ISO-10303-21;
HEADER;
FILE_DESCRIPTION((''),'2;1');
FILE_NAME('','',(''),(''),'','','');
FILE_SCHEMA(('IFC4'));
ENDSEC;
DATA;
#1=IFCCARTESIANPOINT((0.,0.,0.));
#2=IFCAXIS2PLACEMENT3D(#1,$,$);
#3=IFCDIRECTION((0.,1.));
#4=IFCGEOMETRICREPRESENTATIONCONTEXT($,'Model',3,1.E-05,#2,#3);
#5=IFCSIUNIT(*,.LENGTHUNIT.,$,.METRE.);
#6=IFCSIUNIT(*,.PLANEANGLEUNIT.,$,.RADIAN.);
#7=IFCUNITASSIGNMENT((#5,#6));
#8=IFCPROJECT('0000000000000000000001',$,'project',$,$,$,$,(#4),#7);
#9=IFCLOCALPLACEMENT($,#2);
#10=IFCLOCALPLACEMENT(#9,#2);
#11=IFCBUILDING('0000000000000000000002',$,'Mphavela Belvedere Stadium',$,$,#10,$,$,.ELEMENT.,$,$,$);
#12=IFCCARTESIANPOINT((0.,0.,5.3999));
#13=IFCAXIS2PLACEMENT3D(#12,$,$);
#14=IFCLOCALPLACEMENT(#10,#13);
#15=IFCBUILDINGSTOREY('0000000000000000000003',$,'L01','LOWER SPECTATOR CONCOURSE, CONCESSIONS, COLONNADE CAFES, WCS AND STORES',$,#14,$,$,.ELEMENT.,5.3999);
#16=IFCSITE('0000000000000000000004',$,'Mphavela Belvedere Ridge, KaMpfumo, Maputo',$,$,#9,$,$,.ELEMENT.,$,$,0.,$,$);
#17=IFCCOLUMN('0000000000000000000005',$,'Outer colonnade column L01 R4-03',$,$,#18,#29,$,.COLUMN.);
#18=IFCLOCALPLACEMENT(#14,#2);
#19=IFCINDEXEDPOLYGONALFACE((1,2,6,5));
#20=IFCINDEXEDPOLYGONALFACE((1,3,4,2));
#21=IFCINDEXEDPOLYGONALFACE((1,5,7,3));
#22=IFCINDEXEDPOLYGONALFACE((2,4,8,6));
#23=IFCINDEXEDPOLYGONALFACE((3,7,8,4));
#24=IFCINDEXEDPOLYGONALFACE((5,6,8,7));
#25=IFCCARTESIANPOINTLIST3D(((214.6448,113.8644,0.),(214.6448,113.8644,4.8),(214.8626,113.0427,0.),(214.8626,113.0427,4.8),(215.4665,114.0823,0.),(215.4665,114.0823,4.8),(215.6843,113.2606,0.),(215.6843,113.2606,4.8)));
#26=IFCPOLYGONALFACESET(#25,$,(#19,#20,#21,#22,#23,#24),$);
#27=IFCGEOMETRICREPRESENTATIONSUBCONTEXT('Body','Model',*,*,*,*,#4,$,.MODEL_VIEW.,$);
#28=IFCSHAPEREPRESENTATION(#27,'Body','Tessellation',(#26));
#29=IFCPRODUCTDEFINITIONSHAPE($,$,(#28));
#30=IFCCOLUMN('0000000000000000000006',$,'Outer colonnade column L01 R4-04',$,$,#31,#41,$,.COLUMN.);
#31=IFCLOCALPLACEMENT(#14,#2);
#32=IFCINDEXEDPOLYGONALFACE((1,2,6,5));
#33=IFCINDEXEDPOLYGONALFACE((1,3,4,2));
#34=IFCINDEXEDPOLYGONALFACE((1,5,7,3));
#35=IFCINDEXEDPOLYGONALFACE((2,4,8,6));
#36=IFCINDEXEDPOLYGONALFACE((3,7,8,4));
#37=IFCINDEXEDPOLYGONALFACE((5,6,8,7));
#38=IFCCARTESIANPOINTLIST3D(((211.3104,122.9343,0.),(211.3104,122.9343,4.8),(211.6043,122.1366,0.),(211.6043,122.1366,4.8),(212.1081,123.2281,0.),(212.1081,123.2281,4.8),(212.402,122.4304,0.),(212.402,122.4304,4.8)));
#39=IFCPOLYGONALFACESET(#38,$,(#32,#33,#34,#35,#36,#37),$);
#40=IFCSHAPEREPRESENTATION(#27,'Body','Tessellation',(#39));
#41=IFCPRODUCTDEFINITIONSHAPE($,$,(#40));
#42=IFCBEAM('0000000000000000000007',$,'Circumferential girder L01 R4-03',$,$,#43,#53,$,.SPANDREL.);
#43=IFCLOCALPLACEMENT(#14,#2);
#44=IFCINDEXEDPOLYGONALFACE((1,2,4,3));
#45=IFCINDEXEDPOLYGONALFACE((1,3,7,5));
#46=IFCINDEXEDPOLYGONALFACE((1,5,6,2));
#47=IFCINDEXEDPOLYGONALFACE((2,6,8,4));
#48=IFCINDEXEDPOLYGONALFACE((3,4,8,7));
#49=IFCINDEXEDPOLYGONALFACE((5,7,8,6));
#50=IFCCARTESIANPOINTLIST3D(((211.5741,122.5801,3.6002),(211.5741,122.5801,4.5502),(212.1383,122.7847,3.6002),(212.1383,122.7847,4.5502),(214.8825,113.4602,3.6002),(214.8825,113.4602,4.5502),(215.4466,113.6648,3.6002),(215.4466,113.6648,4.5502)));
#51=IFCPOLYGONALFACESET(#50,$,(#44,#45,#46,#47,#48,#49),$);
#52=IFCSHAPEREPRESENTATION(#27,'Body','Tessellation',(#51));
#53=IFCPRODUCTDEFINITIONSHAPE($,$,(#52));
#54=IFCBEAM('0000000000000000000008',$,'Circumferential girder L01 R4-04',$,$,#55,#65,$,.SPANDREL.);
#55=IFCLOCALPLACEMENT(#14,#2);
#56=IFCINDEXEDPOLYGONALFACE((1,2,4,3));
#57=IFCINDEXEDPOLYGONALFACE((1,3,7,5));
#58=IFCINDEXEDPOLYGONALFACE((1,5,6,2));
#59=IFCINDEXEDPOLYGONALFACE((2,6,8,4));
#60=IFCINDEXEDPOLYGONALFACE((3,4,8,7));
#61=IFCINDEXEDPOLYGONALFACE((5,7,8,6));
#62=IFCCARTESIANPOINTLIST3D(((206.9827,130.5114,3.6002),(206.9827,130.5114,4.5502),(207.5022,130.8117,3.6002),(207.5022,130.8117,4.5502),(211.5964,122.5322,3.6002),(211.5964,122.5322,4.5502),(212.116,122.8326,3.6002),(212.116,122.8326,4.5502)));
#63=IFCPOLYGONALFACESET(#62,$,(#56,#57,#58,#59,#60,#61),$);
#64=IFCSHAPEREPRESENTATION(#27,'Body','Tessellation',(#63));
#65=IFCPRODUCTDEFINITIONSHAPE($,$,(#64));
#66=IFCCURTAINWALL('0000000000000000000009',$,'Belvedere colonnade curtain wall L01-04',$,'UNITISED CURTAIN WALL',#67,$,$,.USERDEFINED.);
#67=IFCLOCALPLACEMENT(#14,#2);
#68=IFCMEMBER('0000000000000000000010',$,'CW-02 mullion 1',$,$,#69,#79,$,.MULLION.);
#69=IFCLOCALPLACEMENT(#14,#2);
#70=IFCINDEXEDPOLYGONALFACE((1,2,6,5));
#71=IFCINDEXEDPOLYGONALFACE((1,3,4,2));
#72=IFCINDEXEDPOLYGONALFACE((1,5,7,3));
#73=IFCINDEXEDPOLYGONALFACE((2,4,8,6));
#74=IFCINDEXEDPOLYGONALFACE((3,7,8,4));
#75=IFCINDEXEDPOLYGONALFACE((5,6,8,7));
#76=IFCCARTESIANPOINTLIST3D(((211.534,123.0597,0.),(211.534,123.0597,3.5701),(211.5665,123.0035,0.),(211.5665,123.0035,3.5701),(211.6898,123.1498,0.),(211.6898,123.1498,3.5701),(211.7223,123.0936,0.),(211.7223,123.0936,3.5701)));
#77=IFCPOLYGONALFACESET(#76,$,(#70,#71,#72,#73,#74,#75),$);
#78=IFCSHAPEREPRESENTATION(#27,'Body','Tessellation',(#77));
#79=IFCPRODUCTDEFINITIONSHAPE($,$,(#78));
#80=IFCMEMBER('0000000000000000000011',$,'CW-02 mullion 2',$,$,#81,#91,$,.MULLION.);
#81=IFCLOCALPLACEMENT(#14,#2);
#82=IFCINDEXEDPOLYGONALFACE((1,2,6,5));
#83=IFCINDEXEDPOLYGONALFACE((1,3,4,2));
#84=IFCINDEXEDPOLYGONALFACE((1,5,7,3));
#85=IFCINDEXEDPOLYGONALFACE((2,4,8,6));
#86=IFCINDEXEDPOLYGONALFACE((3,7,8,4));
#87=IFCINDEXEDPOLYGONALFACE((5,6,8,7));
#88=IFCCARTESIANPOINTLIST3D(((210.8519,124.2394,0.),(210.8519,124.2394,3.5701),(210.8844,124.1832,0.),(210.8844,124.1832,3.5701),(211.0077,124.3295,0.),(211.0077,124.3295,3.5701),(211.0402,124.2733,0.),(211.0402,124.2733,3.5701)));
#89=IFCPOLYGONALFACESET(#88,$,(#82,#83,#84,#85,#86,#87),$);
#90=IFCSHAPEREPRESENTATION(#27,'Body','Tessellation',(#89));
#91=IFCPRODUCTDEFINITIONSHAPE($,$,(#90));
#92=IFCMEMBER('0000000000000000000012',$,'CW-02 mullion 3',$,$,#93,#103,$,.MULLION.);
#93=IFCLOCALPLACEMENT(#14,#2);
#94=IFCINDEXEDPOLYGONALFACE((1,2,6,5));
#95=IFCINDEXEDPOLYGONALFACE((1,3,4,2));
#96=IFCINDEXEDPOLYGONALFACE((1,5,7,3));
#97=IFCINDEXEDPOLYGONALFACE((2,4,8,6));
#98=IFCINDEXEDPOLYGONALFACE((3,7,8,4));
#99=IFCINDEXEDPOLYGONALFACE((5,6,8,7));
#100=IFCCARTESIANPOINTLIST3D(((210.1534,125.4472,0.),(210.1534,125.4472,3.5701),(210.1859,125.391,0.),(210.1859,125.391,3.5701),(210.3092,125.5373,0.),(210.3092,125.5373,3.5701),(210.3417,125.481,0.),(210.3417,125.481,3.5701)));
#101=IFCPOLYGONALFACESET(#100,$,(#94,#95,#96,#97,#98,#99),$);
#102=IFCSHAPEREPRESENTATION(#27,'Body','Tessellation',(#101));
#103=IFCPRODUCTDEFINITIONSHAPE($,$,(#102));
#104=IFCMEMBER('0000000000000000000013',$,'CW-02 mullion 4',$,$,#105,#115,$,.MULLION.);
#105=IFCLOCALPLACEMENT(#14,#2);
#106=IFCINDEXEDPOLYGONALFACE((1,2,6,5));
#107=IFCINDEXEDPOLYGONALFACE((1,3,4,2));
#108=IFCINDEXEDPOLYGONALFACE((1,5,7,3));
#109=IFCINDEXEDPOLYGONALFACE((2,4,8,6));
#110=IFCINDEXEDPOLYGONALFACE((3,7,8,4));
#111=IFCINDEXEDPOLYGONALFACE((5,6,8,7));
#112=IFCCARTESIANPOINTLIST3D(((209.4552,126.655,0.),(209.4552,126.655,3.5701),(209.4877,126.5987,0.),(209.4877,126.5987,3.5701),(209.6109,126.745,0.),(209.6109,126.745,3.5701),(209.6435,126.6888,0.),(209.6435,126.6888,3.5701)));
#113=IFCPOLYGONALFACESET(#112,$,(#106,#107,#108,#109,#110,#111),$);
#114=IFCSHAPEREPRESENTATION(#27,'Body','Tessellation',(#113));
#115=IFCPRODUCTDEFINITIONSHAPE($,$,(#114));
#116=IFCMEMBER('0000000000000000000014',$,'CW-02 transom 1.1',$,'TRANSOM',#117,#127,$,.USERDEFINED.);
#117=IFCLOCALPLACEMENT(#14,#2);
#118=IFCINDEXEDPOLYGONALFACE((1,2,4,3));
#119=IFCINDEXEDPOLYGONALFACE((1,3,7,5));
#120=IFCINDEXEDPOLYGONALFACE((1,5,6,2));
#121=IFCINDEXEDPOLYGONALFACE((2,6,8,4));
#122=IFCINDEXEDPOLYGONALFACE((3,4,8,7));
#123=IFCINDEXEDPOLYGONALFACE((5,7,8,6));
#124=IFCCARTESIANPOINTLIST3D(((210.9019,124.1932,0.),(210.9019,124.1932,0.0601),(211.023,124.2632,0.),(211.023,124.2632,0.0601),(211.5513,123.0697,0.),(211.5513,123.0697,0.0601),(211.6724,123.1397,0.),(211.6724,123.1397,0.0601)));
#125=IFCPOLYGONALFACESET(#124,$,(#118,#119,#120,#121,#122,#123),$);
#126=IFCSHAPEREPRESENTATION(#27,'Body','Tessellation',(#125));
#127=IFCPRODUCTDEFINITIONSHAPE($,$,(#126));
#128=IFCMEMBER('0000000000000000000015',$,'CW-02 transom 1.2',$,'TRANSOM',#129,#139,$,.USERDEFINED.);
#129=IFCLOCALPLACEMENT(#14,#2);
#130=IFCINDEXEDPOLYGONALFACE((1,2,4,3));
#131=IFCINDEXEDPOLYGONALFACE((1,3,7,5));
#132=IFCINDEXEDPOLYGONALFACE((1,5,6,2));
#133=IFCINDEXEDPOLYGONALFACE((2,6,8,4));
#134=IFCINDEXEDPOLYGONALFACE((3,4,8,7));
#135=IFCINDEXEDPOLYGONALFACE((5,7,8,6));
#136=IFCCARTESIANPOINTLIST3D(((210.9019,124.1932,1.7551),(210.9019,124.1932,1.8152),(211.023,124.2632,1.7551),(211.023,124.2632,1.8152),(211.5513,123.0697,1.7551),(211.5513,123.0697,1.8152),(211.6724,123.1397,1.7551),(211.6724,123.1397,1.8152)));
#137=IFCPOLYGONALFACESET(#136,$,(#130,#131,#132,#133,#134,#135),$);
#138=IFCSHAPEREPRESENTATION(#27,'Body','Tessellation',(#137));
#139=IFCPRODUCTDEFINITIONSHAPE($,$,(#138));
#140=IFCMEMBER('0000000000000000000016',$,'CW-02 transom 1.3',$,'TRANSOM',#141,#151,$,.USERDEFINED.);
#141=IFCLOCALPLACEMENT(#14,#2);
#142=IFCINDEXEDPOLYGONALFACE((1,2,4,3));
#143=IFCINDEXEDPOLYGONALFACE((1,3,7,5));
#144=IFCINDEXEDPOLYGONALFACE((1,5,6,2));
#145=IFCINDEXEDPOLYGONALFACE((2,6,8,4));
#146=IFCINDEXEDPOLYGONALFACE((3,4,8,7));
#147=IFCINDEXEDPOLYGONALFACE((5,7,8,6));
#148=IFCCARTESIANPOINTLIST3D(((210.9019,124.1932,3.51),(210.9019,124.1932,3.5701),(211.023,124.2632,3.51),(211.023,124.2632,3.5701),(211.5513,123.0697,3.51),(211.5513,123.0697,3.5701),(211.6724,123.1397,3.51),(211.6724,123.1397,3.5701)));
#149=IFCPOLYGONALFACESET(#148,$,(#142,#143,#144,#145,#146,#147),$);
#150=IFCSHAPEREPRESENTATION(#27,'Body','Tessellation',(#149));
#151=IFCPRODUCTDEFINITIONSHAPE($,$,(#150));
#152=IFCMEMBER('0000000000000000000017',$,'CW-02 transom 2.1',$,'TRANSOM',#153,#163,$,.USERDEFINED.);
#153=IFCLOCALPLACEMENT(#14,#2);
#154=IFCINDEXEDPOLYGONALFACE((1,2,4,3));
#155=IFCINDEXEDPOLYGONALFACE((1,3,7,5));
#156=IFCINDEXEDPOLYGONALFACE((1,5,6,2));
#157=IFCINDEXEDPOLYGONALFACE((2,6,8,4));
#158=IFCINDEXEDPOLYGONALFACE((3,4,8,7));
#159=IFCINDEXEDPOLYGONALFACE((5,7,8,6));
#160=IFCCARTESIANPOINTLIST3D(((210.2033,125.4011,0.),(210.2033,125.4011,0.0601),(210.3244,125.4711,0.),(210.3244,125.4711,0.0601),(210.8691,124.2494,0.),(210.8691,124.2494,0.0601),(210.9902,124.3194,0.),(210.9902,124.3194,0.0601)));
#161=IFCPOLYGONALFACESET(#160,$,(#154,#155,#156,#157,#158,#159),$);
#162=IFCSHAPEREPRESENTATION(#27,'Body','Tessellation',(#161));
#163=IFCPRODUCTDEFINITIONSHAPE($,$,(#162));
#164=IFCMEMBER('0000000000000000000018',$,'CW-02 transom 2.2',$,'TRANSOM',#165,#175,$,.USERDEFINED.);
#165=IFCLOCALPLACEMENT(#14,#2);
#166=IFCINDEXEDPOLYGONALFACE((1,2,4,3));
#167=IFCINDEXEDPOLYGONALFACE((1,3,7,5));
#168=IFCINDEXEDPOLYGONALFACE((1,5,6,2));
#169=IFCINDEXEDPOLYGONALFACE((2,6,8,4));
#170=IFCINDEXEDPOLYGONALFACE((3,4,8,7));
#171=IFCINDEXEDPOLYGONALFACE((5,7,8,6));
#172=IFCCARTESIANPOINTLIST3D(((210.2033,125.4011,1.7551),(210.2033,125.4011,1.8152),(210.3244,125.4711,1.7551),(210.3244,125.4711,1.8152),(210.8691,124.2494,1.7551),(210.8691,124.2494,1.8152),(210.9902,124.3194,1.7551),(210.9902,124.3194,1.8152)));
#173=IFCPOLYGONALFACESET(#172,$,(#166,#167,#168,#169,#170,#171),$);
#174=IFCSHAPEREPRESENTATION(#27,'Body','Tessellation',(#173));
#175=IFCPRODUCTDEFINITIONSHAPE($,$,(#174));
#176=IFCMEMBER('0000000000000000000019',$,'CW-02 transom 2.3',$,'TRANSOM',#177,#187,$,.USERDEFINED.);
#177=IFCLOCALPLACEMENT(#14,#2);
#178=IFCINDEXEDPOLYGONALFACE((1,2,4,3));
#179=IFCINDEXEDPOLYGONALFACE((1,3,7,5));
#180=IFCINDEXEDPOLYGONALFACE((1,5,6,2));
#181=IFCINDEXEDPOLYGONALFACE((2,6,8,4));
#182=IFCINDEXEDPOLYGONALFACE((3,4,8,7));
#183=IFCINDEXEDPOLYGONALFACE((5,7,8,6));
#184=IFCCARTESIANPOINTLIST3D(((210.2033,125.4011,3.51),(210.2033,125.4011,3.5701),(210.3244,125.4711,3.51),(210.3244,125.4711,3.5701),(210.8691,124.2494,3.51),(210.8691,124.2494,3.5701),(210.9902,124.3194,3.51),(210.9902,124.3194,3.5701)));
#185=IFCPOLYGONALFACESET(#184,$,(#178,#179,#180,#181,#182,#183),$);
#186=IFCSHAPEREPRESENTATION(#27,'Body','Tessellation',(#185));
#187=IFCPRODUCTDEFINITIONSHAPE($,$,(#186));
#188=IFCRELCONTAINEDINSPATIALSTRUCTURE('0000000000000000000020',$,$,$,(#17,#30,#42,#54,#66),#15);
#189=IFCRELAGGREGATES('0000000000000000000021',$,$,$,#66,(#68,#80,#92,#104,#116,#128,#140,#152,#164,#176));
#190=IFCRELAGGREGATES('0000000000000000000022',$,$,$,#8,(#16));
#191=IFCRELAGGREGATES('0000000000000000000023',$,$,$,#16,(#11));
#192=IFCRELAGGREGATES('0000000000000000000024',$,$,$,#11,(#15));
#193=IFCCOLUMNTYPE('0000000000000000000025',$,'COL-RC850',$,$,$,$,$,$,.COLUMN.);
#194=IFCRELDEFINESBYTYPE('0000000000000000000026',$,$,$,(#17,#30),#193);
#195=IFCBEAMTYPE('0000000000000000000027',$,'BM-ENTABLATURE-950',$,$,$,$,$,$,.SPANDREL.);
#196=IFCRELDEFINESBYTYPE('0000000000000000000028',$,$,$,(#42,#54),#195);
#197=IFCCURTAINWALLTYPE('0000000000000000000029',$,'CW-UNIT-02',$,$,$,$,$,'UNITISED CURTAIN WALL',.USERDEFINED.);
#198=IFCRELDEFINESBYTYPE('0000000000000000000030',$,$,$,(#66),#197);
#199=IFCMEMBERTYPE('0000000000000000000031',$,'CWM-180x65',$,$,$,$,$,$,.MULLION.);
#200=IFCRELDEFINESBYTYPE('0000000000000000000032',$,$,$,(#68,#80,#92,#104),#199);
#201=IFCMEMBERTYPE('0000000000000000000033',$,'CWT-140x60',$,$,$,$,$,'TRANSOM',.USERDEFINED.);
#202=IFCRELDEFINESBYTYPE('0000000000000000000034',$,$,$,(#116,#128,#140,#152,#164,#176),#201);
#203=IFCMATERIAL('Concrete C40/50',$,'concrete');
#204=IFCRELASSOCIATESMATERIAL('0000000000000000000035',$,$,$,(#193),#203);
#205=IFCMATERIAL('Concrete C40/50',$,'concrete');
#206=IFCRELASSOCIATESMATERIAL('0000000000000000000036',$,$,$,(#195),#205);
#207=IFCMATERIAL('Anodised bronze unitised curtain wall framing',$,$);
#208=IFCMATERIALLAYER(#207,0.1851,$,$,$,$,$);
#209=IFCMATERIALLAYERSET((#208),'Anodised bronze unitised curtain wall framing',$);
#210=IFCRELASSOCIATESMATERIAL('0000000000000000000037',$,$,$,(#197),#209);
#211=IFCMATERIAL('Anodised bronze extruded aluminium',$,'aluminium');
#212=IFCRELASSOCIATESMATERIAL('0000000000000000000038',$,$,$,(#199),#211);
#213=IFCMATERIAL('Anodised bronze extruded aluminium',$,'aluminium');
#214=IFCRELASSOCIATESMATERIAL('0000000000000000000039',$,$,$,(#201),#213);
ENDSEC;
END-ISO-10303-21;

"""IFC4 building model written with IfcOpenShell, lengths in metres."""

from ifc_helpers import new_model, si_unit, direction, frame, origin, origin_2d, place, context, subcontext, project, spatial, rectangle, extrude, material, layer, layer_set, material_profile, profile_set, type_object, element, aggregate, save


model = new_model("IFC4")

# Units and contexts
model_context = context("Model", 3, precision=1e-05, world=origin(), true_north=direction((0.0, 1.0)))
body_context = subcontext(model_context, "Body", "Model", "MODEL_VIEW")
ifc_project = project(units=[si_unit("LENGTHUNIT", "METRE"), si_unit("PLANEANGLEUNIT", "RADIAN")], contexts=[model_context])

# Site, building, storey
site_placement = place(None, origin())
site = spatial("IfcSite", under=ifc_project, at=site_placement, Name="Mphavela Belvedere Ridge, KaMpfumo, Maputo", CompositionType="ELEMENT", RefElevation=0.0)
building_placement = place(site_placement, origin())
building = spatial("IfcBuilding", under=site, at=building_placement, Name="Mphavela Belvedere Stadium", CompositionType="ELEMENT")
storey_placement = place(building_placement, frame((0.0, 0.0, 5.3999)))
storey = spatial("IfcBuildingStorey", under=building, at=storey_placement, Name="L01", Description="LOWER SPECTATOR CONCOURSE, CONCESSIONS, COLONNADE CAFES, WCS AND STORES", CompositionType="ELEMENT", Elevation=5.3999)

# Columns
ifc_material_1 = material(Name="Concrete C40/50", Category="concrete")
ifc_material_profile_1 = material_profile(ifc_material_1, rectangle(XDim=0.8501, YDim=0.8501, at=origin_2d()), Name="RC 850x850")
ifc_profile_set_1 = profile_set([ifc_material_profile_1], Name="Concrete C40/50")
column_type = type_object("IfcColumnType", Name="COL-RC850", PredefinedType="COLUMN", material=ifc_profile_set_1)
for number, where, z_axis, x_axis, name in (
    (1, (215.1646, 113.5625, 0.0), (0.0, 0.0, 1.0), (0.9666, 0.256289, 0.0), "Outer colonnade column L01 R4-03"),
    (2, (211.8562, 122.6824, 0.0), (0.0, 0.0, 1.0), (0.938372, 0.345626, 0.0), "Outer colonnade column L01 R4-04"),
):
    element("IfcColumn", number, at=place(storey_placement, frame(where, z_axis=z_axis, x_axis=x_axis)), inside=storey, type_object=column_type, Name=name, PredefinedType="COLUMN", context=body_context, shape_type="SweptSolid", body=[
        extrude(rectangle(XDim=0.8501, YDim=0.8501, at=origin_2d()), origin(), (0.0, 0.0, 1.0), 4.8),
    ])

# Beams
ifc_material_2 = material(Name="Concrete C40/50", Category="concrete")
ifc_material_profile_2 = material_profile(ifc_material_2, rectangle(XDim=0.6001, YDim=0.95, at=origin_2d()), Name="RC 600x950")
ifc_profile_set_2 = profile_set([ifc_material_profile_2], Name="Concrete C40/50")
beam_type = type_object("IfcBeamType", Name="BM-ENTABLATURE-950", PredefinedType="SPANDREL", material=ifc_profile_set_2)
beam_1_placement = place(storey_placement, frame((215.1646, 113.5625, 4.0752), z_axis=(-0.341018, 0.940057, 0.0), x_axis=(-0.940057, -0.341018, 0.0)))
element("IfcBeam", 3, at=beam_1_placement, inside=storey, type_object=beam_type, Name="Circumferential girder L01 R4-03", PredefinedType="SPANDREL", context=body_context, shape_type="SweptSolid", body=[
    extrude(rectangle(XDim=0.6001, YDim=0.95, at=origin_2d()), origin(), (0.0, 0.0, 1.0), 9.7014),
])
beam_2_placement = place(storey_placement, frame((211.8562, 122.6824, 4.0752), z_axis=(-0.500565, 0.865699, 0.0), x_axis=(-0.865699, -0.500565, 0.0)))
element("IfcBeam", 4, at=beam_2_placement, inside=storey, type_object=beam_type, Name="Circumferential girder L01 R4-04", PredefinedType="SPANDREL", context=body_context, shape_type="SweptSolid", body=[
    extrude(rectangle(XDim=0.6001, YDim=0.95, at=origin_2d()), origin(), (0.0, 0.0, 1.0), 9.217),
])

# Curtain wall, members
ifc_material_3 = material(Name="Anodised bronze unitised curtain wall framing")
ifc_layer_1 = layer(ifc_material_3, 0.1851)
ifc_layer_set_1 = layer_set([ifc_layer_1], Name="Anodised bronze unitised curtain wall framing")
curtain_wall_type = type_object("IfcCurtainWallType", Name="CW-UNIT-02", ElementType="UNITISED CURTAIN WALL", PredefinedType="USERDEFINED", material=ifc_layer_set_1)
curtain_wall_placement = place(storey_placement, origin())
curtain_wall = element("IfcCurtainWall", 5, at=curtain_wall_placement, inside=storey, type_object=curtain_wall_type, Name="Belvedere colonnade curtain wall L01-04", ObjectType="UNITISED CURTAIN WALL", PredefinedType="USERDEFINED")
ifc_material_4 = material(Name="Anodised bronze extruded aluminium", Category="aluminium")
ifc_material_profile_3 = material_profile(ifc_material_4, rectangle(XDim=0.1799, YDim=0.0649, at=origin_2d()), Name="CW-MUL 180x65")
ifc_profile_set_3 = profile_set([ifc_material_profile_3], Name="Anodised bronze extruded aluminium")
member_type_1 = type_object("IfcMemberType", Name="CWM-180x65", PredefinedType="MULLION", material=ifc_profile_set_3)
member_1_placement = place(storey_placement, frame((211.6282, 123.0767, 0.0), z_axis=(0.0, 0.0, 1.0), x_axis=(-0.865702, -0.500561, 0.0)))
member_1 = element("IfcMember", 6, at=member_1_placement, type_object=member_type_1, Name="CW-02 mullion 1", PredefinedType="MULLION", context=body_context, shape_type="SweptSolid", body=[
    extrude(rectangle(XDim=0.1799, YDim=0.0649, at=origin_2d()), origin(), (0.0, 0.0, 1.0), 3.5701),
])
member_2_placement = place(storey_placement, frame((210.946, 124.2563, 0.0), z_axis=(0.0, 0.0, 1.0), x_axis=(-0.865702, -0.500561, 0.0)))
member_2 = element("IfcMember", 7, at=member_2_placement, type_object=member_type_1, Name="CW-02 mullion 2", PredefinedType="MULLION", context=body_context, shape_type="SweptSolid", body=[
    extrude(rectangle(XDim=0.1799, YDim=0.0649, at=origin_2d()), origin(), (0.0, 0.0, 1.0), 3.5701),
])
member_3_placement = place(storey_placement, frame((210.2476, 125.4641, 0.0), z_axis=(0.0, 0.0, 1.0), x_axis=(-0.865702, -0.500561, 0.0)))
member_3 = element("IfcMember", 8, at=member_3_placement, type_object=member_type_1, Name="CW-02 mullion 3", PredefinedType="MULLION", context=body_context, shape_type="SweptSolid", body=[
    extrude(rectangle(XDim=0.1799, YDim=0.0649, at=origin_2d()), origin(), (0.0, 0.0, 1.0), 3.5701),
])
member_4_placement = place(storey_placement, frame((209.5493, 126.6719, 0.0), z_axis=(0.0, 0.0, 1.0), x_axis=(-0.865702, -0.500561, 0.0)))
member_4 = element("IfcMember", 9, at=member_4_placement, type_object=member_type_1, Name="CW-02 mullion 4", PredefinedType="MULLION", context=body_context, shape_type="SweptSolid", body=[
    extrude(rectangle(XDim=0.1799, YDim=0.0649, at=origin_2d()), origin(), (0.0, 0.0, 1.0), 3.5701),
])
ifc_material_5 = material(Name="Anodised bronze extruded aluminium", Category="aluminium")
ifc_material_profile_4 = material_profile(ifc_material_5, rectangle(XDim=0.1399, YDim=0.0601, at=origin_2d()), Name="CW-TRN 140x60")
ifc_profile_set_4 = profile_set([ifc_material_profile_4], Name="Anodised bronze extruded aluminium")
member_type_2 = type_object("IfcMemberType", Name="CWT-140x60", ElementType="TRANSOM", PredefinedType="USERDEFINED", material=ifc_profile_set_4)
member_5_placement = place(storey_placement, frame((211.6118, 123.1047, 0.03), z_axis=(-0.500428, 0.865778, 0.0), x_axis=(-0.865778, -0.500428, 0.0)))
member_5 = element("IfcMember", 10, at=member_5_placement, type_object=member_type_2, Name="CW-02 transom 1.1", ObjectType="TRANSOM", PredefinedType="USERDEFINED", context=body_context, shape_type="SweptSolid", body=[
    extrude(rectangle(XDim=0.1399, YDim=0.0601, at=origin_2d()), origin(), (0.0, 0.0, 1.0), 1.2976),
])
member_6_placement = place(storey_placement, frame((211.6118, 123.1047, 1.7852), z_axis=(-0.500428, 0.865778, 0.0), x_axis=(-0.865778, -0.500428, 0.0)))
member_6 = element("IfcMember", 11, at=member_6_placement, type_object=member_type_2, Name="CW-02 transom 1.2", ObjectType="TRANSOM", PredefinedType="USERDEFINED", context=body_context, shape_type="SweptSolid", body=[
    extrude(rectangle(XDim=0.1399, YDim=0.0601, at=origin_2d()), origin(), (0.0, 0.0, 1.0), 1.2976),
])
member_7_placement = place(storey_placement, frame((211.6118, 123.1047, 3.54), z_axis=(-0.500428, 0.865778, 0.0), x_axis=(-0.865778, -0.500428, 0.0)))
member_7 = element("IfcMember", 12, at=member_7_placement, type_object=member_type_2, Name="CW-02 transom 1.3", ObjectType="TRANSOM", PredefinedType="USERDEFINED", context=body_context, shape_type="SweptSolid", body=[
    extrude(rectangle(XDim=0.1399, YDim=0.0601, at=origin_2d()), origin(), (0.0, 0.0, 1.0), 1.2976),
])
member_8_placement = place(storey_placement, frame((210.9297, 124.2844, 0.03), z_axis=(-0.500501, 0.865736, 0.0), x_axis=(-0.865736, -0.500501, 0.0)))
member_8 = element("IfcMember", 13, at=member_8_placement, type_object=member_type_2, Name="CW-02 transom 2.1", ObjectType="TRANSOM", PredefinedType="USERDEFINED", context=body_context, shape_type="SweptSolid", body=[
    extrude(rectangle(XDim=0.1399, YDim=0.0601, at=origin_2d()), origin(), (0.0, 0.0, 1.0), 1.3303),
])
member_9_placement = place(storey_placement, frame((210.9297, 124.2844, 1.7852), z_axis=(-0.500501, 0.865736, 0.0), x_axis=(-0.865736, -0.500501, 0.0)))
member_9 = element("IfcMember", 14, at=member_9_placement, type_object=member_type_2, Name="CW-02 transom 2.2", ObjectType="TRANSOM", PredefinedType="USERDEFINED", context=body_context, shape_type="SweptSolid", body=[
    extrude(rectangle(XDim=0.1399, YDim=0.0601, at=origin_2d()), origin(), (0.0, 0.0, 1.0), 1.3303),
])
member_10_placement = place(storey_placement, frame((210.9297, 124.2844, 3.54), z_axis=(-0.500501, 0.865736, 0.0), x_axis=(-0.865736, -0.500501, 0.0)))
member_10 = element("IfcMember", 15, at=member_10_placement, type_object=member_type_2, Name="CW-02 transom 2.3", ObjectType="TRANSOM", PredefinedType="USERDEFINED", context=body_context, shape_type="SweptSolid", body=[
    extrude(rectangle(XDim=0.1399, YDim=0.0601, at=origin_2d()), origin(), (0.0, 0.0, 1.0), 1.3303),
])
aggregate(curtain_wall, [member_1, member_2, member_3, member_4, member_5, member_6, member_7, member_8, member_9, member_10])

save(model, "model.ifc")
